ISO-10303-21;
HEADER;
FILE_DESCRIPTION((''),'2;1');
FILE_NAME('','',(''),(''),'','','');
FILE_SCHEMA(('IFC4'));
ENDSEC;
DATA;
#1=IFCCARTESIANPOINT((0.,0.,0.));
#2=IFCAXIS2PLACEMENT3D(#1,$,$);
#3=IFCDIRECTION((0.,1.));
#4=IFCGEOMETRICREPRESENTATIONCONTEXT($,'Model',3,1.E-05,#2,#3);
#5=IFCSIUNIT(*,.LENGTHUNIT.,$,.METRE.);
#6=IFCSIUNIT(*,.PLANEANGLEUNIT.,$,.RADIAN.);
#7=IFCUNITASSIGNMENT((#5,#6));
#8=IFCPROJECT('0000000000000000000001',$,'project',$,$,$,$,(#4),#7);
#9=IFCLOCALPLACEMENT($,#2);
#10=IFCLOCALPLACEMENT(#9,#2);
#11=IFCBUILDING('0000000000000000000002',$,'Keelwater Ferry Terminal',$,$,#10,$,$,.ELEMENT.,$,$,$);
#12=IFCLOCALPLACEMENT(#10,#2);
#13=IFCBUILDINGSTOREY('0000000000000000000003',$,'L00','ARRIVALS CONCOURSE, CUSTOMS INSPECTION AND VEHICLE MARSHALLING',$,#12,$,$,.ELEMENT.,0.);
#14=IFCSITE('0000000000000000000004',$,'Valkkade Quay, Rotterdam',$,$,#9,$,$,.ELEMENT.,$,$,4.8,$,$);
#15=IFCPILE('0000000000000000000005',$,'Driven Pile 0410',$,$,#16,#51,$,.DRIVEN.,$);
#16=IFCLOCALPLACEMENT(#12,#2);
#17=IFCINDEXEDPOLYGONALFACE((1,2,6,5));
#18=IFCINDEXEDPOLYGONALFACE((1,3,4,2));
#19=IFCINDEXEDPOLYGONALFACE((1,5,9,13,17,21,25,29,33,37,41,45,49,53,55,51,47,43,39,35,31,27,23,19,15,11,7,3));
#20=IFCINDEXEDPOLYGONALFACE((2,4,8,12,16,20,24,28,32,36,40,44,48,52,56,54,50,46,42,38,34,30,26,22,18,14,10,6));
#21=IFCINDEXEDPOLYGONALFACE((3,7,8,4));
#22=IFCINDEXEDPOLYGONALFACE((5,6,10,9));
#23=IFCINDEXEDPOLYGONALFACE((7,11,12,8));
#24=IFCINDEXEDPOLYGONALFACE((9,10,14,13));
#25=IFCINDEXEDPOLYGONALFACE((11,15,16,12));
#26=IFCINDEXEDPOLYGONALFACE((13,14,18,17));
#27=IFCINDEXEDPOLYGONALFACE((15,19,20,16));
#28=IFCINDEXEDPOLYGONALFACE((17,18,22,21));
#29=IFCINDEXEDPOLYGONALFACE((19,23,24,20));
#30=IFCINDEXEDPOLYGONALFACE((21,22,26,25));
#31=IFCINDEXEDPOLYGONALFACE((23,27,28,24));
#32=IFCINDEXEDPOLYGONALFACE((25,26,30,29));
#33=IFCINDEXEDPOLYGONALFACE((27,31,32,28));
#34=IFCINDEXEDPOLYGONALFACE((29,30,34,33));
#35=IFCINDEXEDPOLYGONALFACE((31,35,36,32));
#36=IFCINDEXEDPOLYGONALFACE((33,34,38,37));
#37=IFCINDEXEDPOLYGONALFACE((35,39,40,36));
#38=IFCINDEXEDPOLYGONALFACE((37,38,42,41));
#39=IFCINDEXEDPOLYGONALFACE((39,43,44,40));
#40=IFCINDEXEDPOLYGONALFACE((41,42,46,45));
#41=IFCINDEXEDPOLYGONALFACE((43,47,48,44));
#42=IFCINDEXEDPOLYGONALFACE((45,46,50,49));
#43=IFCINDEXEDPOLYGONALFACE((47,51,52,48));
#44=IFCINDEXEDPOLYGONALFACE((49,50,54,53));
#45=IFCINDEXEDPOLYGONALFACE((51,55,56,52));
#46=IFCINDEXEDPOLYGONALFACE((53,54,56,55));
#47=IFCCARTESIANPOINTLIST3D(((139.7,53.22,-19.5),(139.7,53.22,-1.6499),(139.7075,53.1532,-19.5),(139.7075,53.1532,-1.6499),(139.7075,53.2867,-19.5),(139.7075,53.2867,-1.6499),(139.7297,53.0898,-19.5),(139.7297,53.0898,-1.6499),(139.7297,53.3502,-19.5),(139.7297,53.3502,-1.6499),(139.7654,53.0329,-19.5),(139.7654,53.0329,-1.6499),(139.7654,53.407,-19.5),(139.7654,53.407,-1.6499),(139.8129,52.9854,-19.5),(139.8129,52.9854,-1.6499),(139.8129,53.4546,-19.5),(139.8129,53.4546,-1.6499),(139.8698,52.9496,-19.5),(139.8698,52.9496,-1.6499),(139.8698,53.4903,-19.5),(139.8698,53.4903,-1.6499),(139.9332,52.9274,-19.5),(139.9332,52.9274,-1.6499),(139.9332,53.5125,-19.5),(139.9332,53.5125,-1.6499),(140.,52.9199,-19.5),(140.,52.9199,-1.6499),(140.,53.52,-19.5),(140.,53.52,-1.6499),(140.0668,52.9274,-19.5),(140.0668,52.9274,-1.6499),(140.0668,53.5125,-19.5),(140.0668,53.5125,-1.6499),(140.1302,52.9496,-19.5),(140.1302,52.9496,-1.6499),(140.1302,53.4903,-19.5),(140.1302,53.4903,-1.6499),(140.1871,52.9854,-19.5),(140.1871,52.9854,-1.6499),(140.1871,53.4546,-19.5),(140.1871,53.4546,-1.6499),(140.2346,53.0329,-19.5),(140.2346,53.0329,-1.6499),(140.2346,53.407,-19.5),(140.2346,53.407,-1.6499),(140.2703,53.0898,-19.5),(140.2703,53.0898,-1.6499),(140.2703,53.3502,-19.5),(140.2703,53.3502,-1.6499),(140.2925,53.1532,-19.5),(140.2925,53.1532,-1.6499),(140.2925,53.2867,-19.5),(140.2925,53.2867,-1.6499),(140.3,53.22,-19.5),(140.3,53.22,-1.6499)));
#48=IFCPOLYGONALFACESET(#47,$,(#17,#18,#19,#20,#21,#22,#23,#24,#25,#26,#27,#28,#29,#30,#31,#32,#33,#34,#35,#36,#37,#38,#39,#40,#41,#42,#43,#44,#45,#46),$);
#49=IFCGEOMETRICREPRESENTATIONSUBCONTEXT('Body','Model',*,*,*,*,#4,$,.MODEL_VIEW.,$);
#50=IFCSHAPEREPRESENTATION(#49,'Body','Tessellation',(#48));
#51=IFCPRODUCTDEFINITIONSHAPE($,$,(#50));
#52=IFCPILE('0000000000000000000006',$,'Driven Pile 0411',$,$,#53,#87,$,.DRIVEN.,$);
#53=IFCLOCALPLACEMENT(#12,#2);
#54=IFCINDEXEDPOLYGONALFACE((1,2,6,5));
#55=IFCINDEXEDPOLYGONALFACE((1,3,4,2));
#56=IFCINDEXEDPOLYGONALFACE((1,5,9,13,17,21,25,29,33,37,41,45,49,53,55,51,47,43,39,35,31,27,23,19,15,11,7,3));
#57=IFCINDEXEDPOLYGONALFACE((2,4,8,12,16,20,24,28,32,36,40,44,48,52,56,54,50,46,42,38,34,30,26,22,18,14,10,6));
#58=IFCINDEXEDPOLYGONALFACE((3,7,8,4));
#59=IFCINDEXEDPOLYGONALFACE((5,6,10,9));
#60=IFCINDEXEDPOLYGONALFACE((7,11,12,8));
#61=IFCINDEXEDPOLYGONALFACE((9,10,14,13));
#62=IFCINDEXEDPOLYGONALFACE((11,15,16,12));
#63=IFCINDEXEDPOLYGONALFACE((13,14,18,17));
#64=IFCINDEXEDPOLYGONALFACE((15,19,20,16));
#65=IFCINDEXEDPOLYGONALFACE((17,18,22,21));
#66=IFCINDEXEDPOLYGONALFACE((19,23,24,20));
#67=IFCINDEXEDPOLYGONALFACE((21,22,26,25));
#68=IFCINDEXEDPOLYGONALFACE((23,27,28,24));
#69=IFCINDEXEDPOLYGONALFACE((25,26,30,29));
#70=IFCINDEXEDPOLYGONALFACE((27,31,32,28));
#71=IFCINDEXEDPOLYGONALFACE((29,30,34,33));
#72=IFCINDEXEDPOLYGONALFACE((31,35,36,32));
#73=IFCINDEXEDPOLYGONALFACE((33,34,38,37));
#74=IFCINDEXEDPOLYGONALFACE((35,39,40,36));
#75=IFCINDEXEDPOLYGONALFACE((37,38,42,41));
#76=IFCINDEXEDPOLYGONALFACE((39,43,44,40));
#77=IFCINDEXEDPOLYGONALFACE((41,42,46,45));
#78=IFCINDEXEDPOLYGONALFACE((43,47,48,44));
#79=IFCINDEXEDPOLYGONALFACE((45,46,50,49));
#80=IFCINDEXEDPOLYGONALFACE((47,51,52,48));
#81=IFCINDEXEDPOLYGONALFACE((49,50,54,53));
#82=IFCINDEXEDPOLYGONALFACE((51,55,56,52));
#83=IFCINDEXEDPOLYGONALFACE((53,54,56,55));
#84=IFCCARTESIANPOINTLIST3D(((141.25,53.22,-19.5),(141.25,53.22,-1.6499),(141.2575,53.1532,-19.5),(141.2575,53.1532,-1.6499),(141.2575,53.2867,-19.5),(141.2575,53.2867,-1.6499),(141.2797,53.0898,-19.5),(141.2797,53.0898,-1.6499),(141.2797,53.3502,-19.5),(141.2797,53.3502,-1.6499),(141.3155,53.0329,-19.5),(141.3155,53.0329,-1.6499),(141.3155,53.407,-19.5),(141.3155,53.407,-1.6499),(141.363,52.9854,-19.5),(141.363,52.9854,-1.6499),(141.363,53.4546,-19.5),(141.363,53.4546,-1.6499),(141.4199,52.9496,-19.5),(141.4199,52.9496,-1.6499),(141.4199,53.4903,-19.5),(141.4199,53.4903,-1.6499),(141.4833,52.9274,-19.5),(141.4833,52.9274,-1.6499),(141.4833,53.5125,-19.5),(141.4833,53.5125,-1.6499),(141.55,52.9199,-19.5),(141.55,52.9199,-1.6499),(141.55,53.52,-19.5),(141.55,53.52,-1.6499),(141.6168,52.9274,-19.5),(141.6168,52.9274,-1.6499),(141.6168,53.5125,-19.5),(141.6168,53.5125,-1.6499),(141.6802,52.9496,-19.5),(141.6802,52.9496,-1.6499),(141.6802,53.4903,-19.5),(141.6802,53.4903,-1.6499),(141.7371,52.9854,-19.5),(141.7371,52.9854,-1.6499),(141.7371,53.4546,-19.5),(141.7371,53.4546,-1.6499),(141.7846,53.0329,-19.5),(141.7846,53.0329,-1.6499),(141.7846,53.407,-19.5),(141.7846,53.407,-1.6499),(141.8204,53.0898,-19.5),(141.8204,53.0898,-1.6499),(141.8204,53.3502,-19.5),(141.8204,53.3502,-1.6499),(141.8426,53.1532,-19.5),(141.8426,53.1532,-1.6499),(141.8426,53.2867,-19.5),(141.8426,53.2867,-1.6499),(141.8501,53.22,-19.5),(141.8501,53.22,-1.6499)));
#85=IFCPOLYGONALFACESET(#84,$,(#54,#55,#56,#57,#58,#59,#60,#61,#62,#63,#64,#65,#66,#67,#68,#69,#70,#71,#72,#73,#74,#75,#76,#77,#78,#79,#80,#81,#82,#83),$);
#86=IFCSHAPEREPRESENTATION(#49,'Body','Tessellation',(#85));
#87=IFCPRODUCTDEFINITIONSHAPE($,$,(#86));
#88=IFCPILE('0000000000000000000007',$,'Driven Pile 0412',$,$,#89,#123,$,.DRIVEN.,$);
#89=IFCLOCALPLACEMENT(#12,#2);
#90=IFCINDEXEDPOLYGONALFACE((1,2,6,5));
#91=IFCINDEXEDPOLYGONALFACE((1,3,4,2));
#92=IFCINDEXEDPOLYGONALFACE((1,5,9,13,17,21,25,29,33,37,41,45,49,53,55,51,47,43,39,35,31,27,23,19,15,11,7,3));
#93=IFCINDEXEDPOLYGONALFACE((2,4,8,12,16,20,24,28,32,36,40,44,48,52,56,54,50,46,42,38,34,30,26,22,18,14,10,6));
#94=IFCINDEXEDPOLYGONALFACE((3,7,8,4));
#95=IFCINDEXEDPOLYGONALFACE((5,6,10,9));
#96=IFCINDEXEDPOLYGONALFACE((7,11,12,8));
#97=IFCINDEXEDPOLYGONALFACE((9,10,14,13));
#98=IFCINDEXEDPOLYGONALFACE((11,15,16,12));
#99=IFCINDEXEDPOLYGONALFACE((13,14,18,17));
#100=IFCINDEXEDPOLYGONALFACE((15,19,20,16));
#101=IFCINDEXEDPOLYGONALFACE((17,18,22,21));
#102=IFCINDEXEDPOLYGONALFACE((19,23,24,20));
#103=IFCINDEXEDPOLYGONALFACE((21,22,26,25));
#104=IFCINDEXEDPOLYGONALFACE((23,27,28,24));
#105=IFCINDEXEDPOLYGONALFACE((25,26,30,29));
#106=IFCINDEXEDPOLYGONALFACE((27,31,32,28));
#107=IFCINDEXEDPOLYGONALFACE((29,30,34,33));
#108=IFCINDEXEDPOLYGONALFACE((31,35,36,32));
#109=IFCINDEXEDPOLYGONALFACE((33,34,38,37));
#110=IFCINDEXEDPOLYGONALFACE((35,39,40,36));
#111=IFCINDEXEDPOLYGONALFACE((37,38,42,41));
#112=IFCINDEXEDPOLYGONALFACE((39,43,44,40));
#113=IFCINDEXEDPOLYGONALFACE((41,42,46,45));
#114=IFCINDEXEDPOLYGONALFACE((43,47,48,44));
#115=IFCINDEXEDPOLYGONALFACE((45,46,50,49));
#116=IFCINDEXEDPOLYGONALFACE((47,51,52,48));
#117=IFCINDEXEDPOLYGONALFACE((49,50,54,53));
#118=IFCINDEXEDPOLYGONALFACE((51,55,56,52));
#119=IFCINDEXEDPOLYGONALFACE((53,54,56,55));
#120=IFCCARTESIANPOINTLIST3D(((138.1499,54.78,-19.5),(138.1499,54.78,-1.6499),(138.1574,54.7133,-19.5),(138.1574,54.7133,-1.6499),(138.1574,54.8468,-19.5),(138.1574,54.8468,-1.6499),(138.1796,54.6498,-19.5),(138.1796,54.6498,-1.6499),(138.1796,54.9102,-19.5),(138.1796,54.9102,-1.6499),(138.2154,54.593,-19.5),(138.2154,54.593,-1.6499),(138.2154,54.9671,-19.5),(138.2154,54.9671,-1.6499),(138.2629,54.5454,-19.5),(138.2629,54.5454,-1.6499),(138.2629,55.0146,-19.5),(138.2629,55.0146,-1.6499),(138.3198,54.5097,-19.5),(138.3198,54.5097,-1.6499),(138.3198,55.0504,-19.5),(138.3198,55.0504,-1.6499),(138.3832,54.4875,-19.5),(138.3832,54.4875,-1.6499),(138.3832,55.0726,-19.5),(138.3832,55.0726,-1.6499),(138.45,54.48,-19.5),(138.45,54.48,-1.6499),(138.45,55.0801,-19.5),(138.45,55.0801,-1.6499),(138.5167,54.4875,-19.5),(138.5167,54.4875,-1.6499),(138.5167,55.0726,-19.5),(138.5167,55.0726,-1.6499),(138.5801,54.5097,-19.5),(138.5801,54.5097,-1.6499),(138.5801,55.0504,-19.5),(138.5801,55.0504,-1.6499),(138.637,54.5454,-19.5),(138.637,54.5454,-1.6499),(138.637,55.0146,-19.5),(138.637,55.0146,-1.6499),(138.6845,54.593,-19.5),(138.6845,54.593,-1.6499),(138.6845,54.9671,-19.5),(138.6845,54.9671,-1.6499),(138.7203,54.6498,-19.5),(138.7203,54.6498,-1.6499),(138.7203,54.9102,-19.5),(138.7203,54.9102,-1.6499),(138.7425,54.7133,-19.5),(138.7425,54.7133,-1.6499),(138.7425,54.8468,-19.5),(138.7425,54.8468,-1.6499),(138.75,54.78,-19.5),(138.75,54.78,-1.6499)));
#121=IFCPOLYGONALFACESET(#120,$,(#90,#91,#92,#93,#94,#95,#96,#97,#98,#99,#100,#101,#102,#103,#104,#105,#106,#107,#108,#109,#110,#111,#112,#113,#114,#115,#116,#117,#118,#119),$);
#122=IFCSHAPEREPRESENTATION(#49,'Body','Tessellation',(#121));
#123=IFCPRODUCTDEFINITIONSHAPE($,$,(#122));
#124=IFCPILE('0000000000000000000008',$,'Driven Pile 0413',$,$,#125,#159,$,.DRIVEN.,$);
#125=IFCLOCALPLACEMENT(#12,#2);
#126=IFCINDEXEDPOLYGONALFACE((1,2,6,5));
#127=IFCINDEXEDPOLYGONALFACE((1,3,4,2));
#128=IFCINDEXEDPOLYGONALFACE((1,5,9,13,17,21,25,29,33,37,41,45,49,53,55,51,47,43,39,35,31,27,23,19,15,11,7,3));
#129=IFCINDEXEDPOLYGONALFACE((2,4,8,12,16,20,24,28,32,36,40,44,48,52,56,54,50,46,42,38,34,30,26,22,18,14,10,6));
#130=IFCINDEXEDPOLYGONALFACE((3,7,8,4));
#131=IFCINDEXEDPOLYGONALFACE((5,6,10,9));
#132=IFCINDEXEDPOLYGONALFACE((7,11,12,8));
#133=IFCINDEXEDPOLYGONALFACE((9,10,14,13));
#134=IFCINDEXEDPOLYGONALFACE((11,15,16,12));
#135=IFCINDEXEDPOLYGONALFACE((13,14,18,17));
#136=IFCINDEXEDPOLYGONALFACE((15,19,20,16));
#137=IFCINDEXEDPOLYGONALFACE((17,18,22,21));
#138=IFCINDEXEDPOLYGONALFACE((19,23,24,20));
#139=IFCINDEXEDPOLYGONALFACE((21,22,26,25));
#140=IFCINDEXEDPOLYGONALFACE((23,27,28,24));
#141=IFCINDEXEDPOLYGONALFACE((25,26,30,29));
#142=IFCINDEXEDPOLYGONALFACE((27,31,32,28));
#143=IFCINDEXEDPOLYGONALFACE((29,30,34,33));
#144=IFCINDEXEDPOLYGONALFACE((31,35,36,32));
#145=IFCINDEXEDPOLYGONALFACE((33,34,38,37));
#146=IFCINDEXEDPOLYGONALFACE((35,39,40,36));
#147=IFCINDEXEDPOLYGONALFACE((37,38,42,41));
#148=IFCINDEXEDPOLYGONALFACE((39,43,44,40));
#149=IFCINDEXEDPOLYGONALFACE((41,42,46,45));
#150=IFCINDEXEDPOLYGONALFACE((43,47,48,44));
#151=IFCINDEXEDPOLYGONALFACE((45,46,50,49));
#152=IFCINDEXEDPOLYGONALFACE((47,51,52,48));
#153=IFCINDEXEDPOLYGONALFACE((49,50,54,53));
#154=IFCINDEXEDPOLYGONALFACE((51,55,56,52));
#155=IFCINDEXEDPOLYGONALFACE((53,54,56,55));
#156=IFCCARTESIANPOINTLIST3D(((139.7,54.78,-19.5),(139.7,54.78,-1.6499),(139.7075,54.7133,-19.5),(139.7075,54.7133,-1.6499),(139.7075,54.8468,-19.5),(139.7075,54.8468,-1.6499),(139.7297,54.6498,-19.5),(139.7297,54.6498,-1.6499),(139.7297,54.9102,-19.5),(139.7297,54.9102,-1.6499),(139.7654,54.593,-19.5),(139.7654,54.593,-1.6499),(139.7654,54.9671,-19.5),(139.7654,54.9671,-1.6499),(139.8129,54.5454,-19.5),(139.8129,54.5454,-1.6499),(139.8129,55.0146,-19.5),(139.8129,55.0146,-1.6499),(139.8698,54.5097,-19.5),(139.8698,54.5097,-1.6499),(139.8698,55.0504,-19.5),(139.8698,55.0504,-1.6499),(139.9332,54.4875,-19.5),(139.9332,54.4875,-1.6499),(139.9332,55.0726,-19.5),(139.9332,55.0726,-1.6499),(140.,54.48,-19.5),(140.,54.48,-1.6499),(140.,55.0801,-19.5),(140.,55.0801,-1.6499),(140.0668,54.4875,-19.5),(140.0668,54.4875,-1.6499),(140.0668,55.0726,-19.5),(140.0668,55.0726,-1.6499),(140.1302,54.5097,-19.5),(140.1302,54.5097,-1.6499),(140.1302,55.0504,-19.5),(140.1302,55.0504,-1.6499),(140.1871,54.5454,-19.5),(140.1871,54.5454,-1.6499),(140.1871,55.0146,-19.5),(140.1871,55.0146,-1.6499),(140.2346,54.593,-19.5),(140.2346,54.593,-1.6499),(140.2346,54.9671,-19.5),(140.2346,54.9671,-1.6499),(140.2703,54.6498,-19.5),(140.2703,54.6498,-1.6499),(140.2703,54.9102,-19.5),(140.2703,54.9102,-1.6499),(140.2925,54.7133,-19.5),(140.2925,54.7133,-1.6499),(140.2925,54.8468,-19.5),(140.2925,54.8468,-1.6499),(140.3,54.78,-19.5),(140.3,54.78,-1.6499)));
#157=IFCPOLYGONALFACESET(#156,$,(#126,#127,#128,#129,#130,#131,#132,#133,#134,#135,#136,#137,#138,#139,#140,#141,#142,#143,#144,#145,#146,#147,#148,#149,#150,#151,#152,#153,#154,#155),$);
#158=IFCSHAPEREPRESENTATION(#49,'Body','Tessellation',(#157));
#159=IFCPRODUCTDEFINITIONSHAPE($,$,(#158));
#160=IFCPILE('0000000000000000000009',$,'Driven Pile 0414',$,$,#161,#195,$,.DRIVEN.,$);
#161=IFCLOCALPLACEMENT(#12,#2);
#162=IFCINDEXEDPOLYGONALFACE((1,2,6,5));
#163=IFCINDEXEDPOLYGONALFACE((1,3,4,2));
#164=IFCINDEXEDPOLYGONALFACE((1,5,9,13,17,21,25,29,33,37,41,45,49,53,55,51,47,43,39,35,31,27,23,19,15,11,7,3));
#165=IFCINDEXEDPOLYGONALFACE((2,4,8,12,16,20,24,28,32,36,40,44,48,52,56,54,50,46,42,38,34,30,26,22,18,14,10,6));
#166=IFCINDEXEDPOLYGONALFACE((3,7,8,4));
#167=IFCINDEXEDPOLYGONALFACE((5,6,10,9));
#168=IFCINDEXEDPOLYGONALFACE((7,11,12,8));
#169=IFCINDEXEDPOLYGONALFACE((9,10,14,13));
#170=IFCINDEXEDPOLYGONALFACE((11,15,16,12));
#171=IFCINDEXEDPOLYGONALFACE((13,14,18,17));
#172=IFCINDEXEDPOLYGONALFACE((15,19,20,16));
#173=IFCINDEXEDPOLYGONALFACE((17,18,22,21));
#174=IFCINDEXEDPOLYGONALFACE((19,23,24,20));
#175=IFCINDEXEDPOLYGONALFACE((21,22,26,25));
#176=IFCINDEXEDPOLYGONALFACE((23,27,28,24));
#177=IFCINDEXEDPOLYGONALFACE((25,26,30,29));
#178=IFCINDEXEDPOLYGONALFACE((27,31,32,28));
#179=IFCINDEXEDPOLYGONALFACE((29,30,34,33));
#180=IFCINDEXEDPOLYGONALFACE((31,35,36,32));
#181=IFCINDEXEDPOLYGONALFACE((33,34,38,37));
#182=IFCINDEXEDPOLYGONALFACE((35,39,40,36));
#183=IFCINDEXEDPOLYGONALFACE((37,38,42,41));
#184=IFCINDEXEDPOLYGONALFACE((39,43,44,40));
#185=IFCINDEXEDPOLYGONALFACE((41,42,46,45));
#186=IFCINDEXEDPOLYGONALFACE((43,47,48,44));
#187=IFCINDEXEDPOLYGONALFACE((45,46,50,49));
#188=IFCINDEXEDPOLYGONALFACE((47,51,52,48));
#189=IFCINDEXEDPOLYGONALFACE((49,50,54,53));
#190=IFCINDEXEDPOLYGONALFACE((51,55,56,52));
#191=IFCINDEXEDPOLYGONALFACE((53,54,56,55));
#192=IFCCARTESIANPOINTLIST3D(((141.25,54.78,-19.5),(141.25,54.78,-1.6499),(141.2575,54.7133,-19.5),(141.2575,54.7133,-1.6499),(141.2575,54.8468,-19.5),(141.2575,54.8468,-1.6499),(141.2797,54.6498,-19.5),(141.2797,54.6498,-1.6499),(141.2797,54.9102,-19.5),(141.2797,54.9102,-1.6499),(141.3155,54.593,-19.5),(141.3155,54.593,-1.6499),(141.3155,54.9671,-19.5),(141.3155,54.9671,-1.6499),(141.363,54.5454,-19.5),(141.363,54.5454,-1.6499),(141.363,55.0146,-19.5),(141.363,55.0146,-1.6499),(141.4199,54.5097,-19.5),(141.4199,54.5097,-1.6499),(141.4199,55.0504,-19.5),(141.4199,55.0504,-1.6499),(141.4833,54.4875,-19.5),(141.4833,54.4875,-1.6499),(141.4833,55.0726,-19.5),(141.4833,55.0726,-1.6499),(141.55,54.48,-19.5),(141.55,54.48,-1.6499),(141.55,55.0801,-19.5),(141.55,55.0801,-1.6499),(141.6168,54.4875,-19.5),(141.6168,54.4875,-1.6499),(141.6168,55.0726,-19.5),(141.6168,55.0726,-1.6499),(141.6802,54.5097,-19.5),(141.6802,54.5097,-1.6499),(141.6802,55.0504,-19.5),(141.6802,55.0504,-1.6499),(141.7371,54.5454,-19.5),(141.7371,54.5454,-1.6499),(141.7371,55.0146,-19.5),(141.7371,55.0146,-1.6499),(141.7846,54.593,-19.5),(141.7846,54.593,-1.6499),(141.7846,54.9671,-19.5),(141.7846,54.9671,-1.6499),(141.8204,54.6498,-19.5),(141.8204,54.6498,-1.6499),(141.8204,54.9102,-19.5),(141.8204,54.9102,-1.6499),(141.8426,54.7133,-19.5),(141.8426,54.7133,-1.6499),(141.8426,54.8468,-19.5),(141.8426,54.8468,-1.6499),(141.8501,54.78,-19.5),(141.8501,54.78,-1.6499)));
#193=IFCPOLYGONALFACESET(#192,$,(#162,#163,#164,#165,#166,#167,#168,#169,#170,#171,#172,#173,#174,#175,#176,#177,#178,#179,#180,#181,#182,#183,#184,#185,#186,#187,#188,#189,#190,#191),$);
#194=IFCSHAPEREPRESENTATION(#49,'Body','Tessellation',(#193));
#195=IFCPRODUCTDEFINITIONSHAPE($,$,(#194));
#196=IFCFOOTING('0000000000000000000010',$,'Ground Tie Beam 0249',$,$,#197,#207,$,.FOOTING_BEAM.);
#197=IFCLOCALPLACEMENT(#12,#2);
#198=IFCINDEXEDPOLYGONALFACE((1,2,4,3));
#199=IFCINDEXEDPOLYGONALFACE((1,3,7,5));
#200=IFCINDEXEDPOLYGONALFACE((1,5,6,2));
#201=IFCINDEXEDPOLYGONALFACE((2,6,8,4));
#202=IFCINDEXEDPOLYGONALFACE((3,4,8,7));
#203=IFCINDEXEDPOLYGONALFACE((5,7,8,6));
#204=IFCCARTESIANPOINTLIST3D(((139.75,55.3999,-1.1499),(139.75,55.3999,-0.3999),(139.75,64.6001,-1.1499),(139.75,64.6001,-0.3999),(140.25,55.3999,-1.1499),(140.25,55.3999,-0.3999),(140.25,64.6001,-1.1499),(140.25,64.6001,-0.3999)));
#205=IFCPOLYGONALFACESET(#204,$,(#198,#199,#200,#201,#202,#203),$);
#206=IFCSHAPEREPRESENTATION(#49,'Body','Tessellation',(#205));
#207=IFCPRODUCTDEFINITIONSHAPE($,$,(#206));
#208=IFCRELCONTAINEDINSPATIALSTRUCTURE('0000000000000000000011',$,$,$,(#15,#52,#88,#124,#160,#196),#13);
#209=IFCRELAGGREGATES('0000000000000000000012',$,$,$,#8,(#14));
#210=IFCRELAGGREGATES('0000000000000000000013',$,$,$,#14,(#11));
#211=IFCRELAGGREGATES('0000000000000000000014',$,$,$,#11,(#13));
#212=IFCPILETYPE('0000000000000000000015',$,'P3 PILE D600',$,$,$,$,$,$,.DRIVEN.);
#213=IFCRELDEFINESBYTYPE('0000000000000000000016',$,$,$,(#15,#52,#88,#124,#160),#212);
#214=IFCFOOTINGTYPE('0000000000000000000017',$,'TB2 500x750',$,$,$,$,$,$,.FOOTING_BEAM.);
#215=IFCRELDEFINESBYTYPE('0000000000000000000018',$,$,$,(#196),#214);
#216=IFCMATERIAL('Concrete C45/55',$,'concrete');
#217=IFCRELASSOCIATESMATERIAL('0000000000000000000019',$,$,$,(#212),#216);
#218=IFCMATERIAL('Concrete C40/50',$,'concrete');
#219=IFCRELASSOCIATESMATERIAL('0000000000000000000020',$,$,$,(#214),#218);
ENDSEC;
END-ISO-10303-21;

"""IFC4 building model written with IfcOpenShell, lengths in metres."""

from ifc_helpers import new_model, si_unit, direction, frame, origin, origin_2d, place, context, subcontext, project, spatial, rectangle, circle, extrude, material, material_profile, profile_set, type_object, element, save


model = new_model("IFC4")

# Units and contexts
model_context = context("Model", 3, precision=1e-05, world=origin(), true_north=direction((0.0, 1.0)))
body_context = subcontext(model_context, "Body", "Model", "MODEL_VIEW")
ifc_project = project(units=[si_unit("LENGTHUNIT", "METRE"), si_unit("PLANEANGLEUNIT", "RADIAN")], contexts=[model_context])

# Site, building, storey
site_placement = place(None, origin())
site = spatial("IfcSite", under=ifc_project, at=site_placement, Name="Valkkade Quay, Rotterdam", CompositionType="ELEMENT", RefElevation=4.8)
building_placement = place(site_placement, origin())
building = spatial("IfcBuilding", under=site, at=building_placement, Name="Keelwater Ferry Terminal", CompositionType="ELEMENT")
storey_placement = place(building_placement, origin())
storey = spatial("IfcBuildingStorey", under=building, at=storey_placement, Name="L00", Description="ARRIVALS CONCOURSE, CUSTOMS INSPECTION AND VEHICLE MARSHALLING", CompositionType="ELEMENT", Elevation=0.0)

# Piles
ifc_material_1 = material(Name="Concrete C45/55", Category="concrete")
ifc_material_profile_1 = material_profile(ifc_material_1, circle(Radius=0.3, at=origin_2d()), Name="PILE D600")
ifc_profile_set_1 = profile_set([ifc_material_profile_1], Name="Concrete C45/55")
pile_type_1 = type_object("IfcPileType", Name="P3 PILE D600", PredefinedType="DRIVEN", material=ifc_profile_set_1)
for number, where, z_axis, x_axis, name in (
    (1, (140.0, 53.22, -1.6499), (0.0, 0.0, -1.0), (1.0, 0.0, 0.0), "Driven Pile 0410"),
    (2, (141.55, 53.22, -1.6499), (0.0, 0.0, -1.0), (1.0, 0.0, 0.0), "Driven Pile 0411"),
    (3, (138.45, 54.78, -1.6499), (0.0, 0.0, -1.0), (1.0, 0.0, 0.0), "Driven Pile 0412"),
    (4, (140.0, 54.78, -1.6499), (0.0, 0.0, -1.0), (1.0, 0.0, 0.0), "Driven Pile 0413"),
    (5, (141.55, 54.78, -1.6499), (0.0, 0.0, -1.0), (1.0, 0.0, 0.0), "Driven Pile 0414"),
):
    element("IfcPile", number, at=place(storey_placement, frame(where, z_axis=z_axis, x_axis=x_axis)), inside=storey, type_object=pile_type_1, Name=name, PredefinedType="DRIVEN", context=body_context, shape_type="SweptSolid", body=[
        extrude(circle(Radius=0.3, at=origin_2d()), origin(), (0.0, 0.0, 1.0), 17.8501),
    ])

# Footing
ifc_material_2 = material(Name="Concrete C40/50", Category="concrete")
ifc_material_profile_2 = material_profile(ifc_material_2, rectangle(XDim=0.5, YDim=0.75, at=origin_2d()), Name="TB 500x750")
ifc_profile_set_2 = profile_set([ifc_material_profile_2], Name="Concrete C40/50")
footing_type_1 = type_object("IfcFootingType", Name="TB2 500x750", PredefinedType="FOOTING_BEAM", material=ifc_profile_set_2)
footing_1_placement = place(storey_placement, frame((140.0, 55.3999, -0.7749), z_axis=(0.0, 1.0, 0.0), x_axis=(-1.0, 0.0, 0.0)))
element("IfcFooting", 6, at=footing_1_placement, inside=storey, type_object=footing_type_1, Name="Ground Tie Beam 0249", PredefinedType="FOOTING_BEAM", context=body_context, shape_type="SweptSolid", body=[
    extrude(rectangle(XDim=0.5, YDim=0.75, at=origin_2d()), origin(), (0.0, 0.0, 1.0), 9.2002),
])

save(model, "model.ifc")
